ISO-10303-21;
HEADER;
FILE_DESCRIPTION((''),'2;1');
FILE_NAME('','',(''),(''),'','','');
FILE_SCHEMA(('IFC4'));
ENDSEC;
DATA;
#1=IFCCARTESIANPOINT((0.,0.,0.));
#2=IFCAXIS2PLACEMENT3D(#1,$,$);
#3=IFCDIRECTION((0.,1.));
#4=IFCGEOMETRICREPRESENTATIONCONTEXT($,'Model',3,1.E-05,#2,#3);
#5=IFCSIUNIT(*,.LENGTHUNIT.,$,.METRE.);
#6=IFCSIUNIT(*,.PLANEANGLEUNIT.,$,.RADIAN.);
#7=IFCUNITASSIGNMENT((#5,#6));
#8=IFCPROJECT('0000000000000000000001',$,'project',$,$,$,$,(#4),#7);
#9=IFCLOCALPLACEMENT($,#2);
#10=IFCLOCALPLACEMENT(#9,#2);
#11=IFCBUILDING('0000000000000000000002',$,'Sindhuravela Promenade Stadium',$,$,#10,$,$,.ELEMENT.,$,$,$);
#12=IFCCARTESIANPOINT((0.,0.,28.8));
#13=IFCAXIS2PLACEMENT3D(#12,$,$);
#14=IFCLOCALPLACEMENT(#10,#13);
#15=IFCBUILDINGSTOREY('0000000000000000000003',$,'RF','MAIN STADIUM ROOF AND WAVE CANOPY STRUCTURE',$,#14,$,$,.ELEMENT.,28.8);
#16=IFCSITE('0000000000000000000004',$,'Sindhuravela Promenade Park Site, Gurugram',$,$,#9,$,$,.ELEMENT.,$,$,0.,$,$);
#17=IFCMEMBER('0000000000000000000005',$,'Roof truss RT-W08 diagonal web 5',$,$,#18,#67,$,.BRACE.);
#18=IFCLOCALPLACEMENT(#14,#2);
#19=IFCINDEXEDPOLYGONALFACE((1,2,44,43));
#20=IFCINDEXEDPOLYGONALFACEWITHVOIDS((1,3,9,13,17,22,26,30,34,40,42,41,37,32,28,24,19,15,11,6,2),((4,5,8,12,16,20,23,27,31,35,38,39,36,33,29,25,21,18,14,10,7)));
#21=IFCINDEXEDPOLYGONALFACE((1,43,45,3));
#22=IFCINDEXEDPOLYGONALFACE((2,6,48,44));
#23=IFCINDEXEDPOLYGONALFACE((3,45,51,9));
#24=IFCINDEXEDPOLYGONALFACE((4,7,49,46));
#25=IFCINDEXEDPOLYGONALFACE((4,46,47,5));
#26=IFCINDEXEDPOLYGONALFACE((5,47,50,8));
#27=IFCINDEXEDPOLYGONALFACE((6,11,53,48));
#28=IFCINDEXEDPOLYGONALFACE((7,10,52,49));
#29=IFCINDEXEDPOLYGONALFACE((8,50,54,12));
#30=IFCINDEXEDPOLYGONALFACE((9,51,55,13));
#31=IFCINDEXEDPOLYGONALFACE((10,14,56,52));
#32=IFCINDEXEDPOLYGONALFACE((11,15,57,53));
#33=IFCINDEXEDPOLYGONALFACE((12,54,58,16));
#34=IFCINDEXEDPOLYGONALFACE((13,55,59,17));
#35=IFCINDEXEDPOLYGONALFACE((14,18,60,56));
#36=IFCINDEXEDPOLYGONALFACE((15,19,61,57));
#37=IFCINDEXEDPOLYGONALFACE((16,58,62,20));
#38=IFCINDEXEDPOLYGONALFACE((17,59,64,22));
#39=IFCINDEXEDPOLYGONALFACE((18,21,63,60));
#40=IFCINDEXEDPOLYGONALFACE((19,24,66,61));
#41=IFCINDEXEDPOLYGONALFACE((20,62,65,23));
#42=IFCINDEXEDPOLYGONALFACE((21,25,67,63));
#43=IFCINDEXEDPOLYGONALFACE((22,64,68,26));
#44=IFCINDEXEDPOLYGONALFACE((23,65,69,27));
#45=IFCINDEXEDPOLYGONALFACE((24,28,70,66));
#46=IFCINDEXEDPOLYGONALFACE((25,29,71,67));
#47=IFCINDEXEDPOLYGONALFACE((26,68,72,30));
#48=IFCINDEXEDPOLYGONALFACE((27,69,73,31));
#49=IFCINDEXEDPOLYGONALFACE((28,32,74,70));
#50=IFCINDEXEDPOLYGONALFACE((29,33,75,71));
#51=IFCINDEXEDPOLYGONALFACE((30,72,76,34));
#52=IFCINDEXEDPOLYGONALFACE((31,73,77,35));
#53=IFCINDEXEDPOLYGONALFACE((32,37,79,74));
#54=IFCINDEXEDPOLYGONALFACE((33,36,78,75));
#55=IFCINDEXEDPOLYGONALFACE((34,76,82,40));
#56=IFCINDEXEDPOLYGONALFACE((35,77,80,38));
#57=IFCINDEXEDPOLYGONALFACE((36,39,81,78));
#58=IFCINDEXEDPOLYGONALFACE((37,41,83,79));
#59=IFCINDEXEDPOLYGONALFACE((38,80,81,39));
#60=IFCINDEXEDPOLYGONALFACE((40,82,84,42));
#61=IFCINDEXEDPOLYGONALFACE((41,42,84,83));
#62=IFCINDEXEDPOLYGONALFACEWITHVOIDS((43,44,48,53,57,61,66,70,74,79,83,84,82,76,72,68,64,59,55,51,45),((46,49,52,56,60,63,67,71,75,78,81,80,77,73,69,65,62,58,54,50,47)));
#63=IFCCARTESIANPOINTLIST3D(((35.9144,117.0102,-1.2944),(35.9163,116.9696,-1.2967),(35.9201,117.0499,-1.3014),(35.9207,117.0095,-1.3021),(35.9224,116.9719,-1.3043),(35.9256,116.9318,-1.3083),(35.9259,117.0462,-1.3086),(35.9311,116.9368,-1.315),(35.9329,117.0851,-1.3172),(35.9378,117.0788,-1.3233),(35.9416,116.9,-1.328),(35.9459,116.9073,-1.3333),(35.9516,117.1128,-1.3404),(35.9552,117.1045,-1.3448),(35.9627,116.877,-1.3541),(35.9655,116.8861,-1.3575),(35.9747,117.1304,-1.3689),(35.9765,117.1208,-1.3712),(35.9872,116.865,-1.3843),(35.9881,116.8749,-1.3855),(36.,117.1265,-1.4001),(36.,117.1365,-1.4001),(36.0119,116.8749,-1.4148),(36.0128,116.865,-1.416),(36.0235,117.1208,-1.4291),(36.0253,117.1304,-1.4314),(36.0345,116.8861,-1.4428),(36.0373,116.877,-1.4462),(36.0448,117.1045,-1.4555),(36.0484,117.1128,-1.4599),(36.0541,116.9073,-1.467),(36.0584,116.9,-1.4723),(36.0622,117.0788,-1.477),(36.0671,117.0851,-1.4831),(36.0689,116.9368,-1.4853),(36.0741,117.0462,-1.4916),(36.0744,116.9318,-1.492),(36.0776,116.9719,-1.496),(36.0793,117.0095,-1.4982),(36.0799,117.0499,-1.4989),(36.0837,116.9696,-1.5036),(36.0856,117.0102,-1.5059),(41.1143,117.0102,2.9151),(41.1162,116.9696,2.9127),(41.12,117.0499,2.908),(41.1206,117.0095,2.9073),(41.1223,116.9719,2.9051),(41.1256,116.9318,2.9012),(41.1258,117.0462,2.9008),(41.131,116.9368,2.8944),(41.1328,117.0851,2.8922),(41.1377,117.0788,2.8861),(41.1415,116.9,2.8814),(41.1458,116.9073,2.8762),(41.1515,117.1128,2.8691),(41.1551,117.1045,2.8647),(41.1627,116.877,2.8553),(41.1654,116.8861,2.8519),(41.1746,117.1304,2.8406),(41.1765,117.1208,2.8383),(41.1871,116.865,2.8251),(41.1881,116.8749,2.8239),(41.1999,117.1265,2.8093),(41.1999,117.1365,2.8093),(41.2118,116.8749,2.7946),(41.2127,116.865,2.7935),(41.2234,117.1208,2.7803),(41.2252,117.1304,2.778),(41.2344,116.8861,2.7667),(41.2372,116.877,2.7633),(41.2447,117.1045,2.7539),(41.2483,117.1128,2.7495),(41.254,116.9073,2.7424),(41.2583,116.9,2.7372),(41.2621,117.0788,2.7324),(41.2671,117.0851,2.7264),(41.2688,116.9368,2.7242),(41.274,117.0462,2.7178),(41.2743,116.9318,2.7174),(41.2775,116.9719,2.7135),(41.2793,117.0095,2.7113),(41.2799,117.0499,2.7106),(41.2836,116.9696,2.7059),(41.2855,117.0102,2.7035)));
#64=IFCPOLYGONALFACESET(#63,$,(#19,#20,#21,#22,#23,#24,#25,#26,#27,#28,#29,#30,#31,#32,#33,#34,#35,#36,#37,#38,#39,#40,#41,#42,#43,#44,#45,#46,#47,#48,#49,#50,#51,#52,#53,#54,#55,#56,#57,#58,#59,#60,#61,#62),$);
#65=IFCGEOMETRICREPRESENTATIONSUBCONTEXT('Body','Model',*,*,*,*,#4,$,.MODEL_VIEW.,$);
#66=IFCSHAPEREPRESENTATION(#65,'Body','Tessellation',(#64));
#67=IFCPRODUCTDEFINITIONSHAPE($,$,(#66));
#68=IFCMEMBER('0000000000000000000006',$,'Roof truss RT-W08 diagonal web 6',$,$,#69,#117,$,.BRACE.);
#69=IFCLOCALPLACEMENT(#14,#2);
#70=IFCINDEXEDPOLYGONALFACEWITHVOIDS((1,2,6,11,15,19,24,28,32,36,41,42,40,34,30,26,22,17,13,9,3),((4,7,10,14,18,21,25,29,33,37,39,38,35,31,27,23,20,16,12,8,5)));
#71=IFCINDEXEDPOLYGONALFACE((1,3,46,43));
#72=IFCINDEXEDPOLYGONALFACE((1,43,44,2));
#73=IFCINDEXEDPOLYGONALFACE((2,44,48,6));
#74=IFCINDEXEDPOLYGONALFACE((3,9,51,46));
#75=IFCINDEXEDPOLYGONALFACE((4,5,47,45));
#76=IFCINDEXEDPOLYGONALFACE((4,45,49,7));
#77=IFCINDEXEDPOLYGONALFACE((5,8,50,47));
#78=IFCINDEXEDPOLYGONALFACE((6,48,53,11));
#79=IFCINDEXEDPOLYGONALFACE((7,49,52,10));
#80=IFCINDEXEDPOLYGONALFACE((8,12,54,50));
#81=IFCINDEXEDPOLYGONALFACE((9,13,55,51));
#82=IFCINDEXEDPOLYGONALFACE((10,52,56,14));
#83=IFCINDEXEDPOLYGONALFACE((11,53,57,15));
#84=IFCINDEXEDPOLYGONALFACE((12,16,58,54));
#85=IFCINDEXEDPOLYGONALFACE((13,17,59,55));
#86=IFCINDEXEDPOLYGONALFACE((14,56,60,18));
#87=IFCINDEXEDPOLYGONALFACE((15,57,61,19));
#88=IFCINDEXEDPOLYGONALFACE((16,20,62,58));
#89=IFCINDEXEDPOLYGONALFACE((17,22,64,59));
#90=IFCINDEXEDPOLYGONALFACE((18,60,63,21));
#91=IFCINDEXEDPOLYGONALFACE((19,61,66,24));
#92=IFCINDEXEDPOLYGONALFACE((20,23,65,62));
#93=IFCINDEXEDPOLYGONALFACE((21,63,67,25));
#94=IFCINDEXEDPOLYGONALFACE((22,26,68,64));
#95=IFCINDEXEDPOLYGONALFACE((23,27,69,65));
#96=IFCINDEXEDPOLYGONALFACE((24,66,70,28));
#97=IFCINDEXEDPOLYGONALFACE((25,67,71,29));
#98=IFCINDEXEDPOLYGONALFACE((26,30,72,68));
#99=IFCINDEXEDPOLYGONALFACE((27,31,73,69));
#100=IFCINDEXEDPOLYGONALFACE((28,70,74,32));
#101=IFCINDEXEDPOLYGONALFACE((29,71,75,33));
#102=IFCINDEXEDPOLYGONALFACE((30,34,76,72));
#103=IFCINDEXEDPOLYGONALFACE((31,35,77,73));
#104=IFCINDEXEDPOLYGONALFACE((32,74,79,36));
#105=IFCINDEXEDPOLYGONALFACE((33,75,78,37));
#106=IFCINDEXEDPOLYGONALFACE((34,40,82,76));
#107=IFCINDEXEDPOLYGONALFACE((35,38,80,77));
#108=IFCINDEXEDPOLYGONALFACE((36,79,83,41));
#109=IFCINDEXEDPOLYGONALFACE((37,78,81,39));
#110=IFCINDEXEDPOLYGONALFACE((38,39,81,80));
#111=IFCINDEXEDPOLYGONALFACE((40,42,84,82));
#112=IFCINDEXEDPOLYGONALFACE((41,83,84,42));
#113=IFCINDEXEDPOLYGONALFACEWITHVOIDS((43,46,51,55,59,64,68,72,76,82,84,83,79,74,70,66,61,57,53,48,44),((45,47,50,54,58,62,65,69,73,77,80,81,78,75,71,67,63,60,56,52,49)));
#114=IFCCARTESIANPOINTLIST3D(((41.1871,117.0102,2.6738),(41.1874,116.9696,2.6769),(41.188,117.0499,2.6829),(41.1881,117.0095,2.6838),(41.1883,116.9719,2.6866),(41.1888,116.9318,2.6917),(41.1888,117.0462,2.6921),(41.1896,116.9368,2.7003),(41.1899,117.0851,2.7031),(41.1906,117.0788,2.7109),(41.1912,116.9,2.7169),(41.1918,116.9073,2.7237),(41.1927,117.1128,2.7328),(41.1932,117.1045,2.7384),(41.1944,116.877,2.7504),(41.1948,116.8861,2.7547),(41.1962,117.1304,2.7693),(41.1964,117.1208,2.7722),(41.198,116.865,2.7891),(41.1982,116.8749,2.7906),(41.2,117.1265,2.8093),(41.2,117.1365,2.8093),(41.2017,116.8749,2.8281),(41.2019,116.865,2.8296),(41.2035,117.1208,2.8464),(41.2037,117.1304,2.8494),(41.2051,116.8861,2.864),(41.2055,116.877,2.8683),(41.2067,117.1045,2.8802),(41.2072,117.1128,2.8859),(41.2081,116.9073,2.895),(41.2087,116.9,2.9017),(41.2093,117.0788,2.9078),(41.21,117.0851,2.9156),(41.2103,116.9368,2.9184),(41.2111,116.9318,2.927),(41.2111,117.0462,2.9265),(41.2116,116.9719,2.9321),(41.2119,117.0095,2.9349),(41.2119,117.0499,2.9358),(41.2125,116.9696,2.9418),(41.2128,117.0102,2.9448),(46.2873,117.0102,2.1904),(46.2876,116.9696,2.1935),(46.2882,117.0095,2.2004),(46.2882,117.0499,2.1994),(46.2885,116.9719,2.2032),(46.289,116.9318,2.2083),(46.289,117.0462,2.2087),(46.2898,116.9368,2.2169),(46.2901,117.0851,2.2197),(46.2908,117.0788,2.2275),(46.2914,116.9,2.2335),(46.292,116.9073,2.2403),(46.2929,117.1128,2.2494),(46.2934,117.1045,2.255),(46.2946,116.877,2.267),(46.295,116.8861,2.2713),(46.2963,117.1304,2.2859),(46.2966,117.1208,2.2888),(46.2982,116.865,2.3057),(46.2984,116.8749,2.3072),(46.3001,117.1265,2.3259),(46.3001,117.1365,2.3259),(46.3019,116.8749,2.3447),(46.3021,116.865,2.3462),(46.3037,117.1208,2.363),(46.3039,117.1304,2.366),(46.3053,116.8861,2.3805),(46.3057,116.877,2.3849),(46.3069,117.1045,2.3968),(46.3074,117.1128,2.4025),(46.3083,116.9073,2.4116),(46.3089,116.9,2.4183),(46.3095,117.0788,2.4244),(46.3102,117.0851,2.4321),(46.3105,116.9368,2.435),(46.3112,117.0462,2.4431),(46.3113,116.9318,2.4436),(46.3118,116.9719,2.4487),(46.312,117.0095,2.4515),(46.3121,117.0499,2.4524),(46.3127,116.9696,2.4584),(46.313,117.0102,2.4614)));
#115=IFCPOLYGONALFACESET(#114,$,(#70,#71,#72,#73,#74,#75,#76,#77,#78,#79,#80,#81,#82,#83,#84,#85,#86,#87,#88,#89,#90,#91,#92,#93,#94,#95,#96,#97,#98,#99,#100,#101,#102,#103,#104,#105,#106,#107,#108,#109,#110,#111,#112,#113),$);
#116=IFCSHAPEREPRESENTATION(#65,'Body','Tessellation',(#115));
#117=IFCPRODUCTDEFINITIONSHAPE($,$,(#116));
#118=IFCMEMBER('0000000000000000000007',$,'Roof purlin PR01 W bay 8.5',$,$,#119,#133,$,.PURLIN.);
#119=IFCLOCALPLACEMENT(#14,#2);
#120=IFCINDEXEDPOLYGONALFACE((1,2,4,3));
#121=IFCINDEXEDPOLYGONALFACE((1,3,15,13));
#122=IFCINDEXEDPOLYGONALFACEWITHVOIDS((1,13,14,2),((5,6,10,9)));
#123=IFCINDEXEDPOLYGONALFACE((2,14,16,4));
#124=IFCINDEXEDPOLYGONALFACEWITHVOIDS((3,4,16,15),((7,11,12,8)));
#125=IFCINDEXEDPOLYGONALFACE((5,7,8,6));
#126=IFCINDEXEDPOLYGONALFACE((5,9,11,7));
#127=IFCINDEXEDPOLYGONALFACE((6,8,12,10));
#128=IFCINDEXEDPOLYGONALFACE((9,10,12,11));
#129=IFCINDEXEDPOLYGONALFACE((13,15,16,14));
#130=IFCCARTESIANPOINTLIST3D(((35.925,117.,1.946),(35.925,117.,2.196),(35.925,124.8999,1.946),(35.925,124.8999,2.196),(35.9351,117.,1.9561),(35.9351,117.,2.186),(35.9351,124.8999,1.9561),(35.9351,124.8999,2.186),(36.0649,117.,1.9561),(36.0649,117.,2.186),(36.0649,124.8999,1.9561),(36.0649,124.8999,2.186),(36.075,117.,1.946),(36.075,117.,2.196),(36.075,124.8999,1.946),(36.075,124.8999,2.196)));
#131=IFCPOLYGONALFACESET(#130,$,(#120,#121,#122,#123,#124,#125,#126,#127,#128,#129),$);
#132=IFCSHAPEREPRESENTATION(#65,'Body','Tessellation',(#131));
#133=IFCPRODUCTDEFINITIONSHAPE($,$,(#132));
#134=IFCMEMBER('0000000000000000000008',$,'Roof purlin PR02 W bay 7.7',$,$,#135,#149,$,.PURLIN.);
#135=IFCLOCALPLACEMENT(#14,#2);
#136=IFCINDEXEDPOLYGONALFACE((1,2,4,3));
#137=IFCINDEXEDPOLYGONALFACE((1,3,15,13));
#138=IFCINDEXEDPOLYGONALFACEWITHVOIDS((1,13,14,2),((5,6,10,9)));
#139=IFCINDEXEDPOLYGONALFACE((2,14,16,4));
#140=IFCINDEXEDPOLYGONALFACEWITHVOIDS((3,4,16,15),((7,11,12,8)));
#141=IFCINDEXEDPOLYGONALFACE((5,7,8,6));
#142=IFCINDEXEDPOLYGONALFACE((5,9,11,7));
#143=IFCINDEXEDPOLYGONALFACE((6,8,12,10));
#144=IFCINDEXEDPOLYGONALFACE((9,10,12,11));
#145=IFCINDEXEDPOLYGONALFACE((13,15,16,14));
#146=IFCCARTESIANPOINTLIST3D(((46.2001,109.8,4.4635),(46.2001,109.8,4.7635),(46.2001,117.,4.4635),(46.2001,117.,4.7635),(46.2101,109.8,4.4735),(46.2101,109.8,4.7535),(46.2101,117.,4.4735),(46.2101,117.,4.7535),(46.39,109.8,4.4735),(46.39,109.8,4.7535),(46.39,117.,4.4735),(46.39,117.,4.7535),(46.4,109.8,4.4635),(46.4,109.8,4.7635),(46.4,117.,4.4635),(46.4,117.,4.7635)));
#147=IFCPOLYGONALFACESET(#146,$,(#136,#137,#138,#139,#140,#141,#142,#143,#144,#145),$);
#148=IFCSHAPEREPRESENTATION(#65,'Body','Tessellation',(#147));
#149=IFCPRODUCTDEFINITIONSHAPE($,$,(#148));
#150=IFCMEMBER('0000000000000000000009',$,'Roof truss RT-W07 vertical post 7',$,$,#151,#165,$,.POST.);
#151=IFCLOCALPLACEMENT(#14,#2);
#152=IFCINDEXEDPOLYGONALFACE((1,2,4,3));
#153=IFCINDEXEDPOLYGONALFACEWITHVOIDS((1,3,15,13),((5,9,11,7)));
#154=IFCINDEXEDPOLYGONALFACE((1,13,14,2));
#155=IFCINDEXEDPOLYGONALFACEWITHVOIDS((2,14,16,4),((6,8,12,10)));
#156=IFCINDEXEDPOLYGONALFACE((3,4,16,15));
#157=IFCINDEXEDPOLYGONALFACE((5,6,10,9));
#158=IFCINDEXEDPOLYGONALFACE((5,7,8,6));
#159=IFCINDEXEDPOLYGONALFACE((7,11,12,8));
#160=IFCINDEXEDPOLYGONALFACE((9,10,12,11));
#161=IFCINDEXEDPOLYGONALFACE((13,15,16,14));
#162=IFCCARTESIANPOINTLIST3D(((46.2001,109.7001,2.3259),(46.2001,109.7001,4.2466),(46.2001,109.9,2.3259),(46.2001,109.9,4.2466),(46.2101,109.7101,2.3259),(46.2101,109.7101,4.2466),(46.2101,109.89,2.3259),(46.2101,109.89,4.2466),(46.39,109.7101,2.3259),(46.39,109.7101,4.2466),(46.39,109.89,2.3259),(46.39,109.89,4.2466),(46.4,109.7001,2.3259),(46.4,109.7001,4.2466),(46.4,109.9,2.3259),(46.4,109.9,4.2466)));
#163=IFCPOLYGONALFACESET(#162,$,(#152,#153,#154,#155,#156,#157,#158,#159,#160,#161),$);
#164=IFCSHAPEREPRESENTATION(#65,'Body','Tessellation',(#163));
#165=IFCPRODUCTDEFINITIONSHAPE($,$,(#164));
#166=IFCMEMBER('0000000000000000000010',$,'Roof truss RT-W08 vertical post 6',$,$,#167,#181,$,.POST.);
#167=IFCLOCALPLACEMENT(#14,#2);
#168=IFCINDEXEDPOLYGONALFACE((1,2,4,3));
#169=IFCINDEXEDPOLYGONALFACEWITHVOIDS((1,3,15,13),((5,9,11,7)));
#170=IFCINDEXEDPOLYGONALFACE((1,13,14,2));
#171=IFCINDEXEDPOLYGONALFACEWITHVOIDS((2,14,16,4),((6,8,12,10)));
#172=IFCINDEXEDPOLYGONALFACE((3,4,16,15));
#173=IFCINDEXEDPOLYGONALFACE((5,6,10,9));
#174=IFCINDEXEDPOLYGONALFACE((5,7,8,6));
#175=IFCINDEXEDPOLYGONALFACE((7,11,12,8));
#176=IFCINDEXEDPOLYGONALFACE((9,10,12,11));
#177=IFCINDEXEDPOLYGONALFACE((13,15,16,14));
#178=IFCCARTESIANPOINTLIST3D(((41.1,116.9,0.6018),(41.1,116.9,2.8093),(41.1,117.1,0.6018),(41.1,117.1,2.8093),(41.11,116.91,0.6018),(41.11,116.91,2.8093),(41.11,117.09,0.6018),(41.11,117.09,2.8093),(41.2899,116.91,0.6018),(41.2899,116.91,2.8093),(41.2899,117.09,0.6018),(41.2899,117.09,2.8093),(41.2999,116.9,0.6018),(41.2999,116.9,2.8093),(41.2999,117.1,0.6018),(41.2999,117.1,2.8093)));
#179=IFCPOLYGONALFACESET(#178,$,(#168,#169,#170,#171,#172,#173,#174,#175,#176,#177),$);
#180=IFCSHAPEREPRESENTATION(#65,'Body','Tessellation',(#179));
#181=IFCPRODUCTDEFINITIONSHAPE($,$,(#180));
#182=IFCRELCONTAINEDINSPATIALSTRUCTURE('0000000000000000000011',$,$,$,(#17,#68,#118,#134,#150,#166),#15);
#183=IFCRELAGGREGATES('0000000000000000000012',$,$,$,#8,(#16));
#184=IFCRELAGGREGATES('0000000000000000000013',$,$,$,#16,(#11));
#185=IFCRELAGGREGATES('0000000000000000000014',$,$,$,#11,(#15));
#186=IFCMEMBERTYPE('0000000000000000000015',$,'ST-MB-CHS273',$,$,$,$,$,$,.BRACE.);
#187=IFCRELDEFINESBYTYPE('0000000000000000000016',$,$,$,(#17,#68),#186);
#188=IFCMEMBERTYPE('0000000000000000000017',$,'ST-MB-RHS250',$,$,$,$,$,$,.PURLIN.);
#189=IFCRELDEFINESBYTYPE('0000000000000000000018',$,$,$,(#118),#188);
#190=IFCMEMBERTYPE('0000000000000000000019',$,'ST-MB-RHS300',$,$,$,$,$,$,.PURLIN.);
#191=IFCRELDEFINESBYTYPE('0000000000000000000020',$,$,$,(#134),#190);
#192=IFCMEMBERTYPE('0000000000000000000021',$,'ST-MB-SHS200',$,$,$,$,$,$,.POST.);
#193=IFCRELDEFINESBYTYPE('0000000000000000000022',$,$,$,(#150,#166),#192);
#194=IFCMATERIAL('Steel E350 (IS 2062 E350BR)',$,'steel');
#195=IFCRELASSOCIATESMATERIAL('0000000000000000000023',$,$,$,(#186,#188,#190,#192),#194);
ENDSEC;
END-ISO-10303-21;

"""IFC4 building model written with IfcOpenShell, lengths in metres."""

from ifc_helpers import new_model, si_unit, direction, frame, origin, origin_2d, place, context, subcontext, project, spatial, hollow_rectangle, hollow_circle, extrude, material, material_profile, profile_set, type_object, element, save


model = new_model("IFC4")

# Units and contexts
model_context = context("Model", 3, precision=1e-05, world=origin(), true_north=direction((0.0, 1.0)))
body_context = subcontext(model_context, "Body", "Model", "MODEL_VIEW")
ifc_project = project(units=[si_unit("LENGTHUNIT", "METRE"), si_unit("PLANEANGLEUNIT", "RADIAN")], contexts=[model_context])

# Site, building, storey
site_placement = place(None, origin())
site = spatial("IfcSite", under=ifc_project, at=site_placement, Name="Sindhuravela Promenade Park Site, Gurugram", CompositionType="ELEMENT", RefElevation=0.0)
building_placement = place(site_placement, origin())
building = spatial("IfcBuilding", under=site, at=building_placement, Name="Sindhuravela Promenade Stadium", CompositionType="ELEMENT")
storey_placement = place(building_placement, frame((0.0, 0.0, 28.8)))
storey = spatial("IfcBuildingStorey", under=building, at=storey_placement, Name="RF", Description="MAIN STADIUM ROOF AND WAVE CANOPY STRUCTURE", CompositionType="ELEMENT", Elevation=28.8)

# Shared definitions
ifc_material_1 = material(Name="Steel E350 (IS 2062 E350BR)", Category="steel")

# Members
ifc_material_profile_1 = material_profile(ifc_material_1, hollow_circle(Radius=0.1365, WallThickness=0.01, at=origin_2d()), Name="CHS 273.0x10")
ifc_profile_set_1 = profile_set([ifc_material_profile_1], Name="Steel E350 (IS 2062 E350BR)")
member_type_1 = type_object("IfcMemberType", Name="ST-MB-CHS273", PredefinedType="BRACE", material=ifc_profile_set_1)
member_1_placement = place(storey_placement, frame((36.0, 117.0, -1.4001), z_axis=(0.777246, 0.0, 0.629197), x_axis=(0.0, 1.0, 0.0)))
element("IfcMember", 1, at=member_1_placement, inside=storey, type_object=member_type_1, Name="Roof truss RT-W08 diagonal web 5", PredefinedType="BRACE", context=body_context, shape_type="SweptSolid", body=[
    extrude(hollow_circle(Radius=0.1365, WallThickness=0.01, at=origin_2d()), origin(), (0.0, 0.0, 1.0), 6.6902),
])
member_2_placement = place(storey_placement, frame((41.2, 117.0, 2.8093), z_axis=(0.995538, 0.0, -0.094359), x_axis=(0.0, 1.0, 0.0)))
element("IfcMember", 2, at=member_2_placement, inside=storey, type_object=member_type_1, Name="Roof truss RT-W08 diagonal web 6", PredefinedType="BRACE", context=body_context, shape_type="SweptSolid", body=[
    extrude(hollow_circle(Radius=0.1365, WallThickness=0.01, at=origin_2d()), origin(), (0.0, 0.0, 1.0), 5.123),
])
ifc_material_profile_2 = material_profile(ifc_material_1, hollow_rectangle(XDim=0.1499, YDim=0.25, WallThickness=0.01, at=origin_2d()), Name="RHS 250x150x10")
ifc_profile_set_2 = profile_set([ifc_material_profile_2], Name="Steel E350 (IS 2062 E350BR)")
member_type_2 = type_object("IfcMemberType", Name="ST-MB-RHS250", PredefinedType="PURLIN", material=ifc_profile_set_2)
member_3_placement = place(storey_placement, frame((36.0, 117.0, 2.071), z_axis=(0.0, 1.0, 0.0), x_axis=(-1.0, 0.0, 0.0)))
element("IfcMember", 3, at=member_3_placement, inside=storey, type_object=member_type_2, Name="Roof purlin PR01 W bay 8.5", PredefinedType="PURLIN", context=body_context, shape_type="SweptSolid", body=[
    extrude(hollow_rectangle(XDim=0.1499, YDim=0.25, WallThickness=0.01, at=origin_2d()), origin(), (0.0, 0.0, 1.0), 7.8999),
])
ifc_material_profile_3 = material_profile(ifc_material_1, hollow_rectangle(XDim=0.2, YDim=0.3, WallThickness=0.01, at=origin_2d()), Name="RHS 300x200x10")
ifc_profile_set_3 = profile_set([ifc_material_profile_3], Name="Steel E350 (IS 2062 E350BR)")
member_type_3 = type_object("IfcMemberType", Name="ST-MB-RHS300", PredefinedType="PURLIN", material=ifc_profile_set_3)
member_4_placement = place(storey_placement, frame((46.3, 109.8, 4.6135), z_axis=(0.0, 1.0, 0.0), x_axis=(-1.0, 0.0, 0.0)))
element("IfcMember", 4, at=member_4_placement, inside=storey, type_object=member_type_3, Name="Roof purlin PR02 W bay 7.7", PredefinedType="PURLIN", context=body_context, shape_type="SweptSolid", body=[
    extrude(hollow_rectangle(XDim=0.2, YDim=0.3, WallThickness=0.01, at=origin_2d()), origin(), (0.0, 0.0, 1.0), 7.2),
])
ifc_material_profile_4 = material_profile(ifc_material_1, hollow_rectangle(XDim=0.2, YDim=0.2, WallThickness=0.01, at=origin_2d()), Name="SHS 200x200x10")
ifc_profile_set_4 = profile_set([ifc_material_profile_4], Name="Steel E350 (IS 2062 E350BR)")
member_type_4 = type_object("IfcMemberType", Name="ST-MB-SHS200", PredefinedType="POST", material=ifc_profile_set_4)
member_5_placement = place(storey_placement, frame((46.3, 109.8, 2.3259), z_axis=(0.0, 0.0, 1.0), x_axis=(1.0, 0.0, 0.0)))
element("IfcMember", 5, at=member_5_placement, inside=storey, type_object=member_type_4, Name="Roof truss RT-W07 vertical post 7", PredefinedType="POST", context=body_context, shape_type="SweptSolid", body=[
    extrude(hollow_rectangle(XDim=0.2, YDim=0.2, WallThickness=0.01, at=origin_2d()), origin(), (0.0, 0.0, 1.0), 1.9207),
])
member_6_placement = place(storey_placement, frame((41.2, 117.0, 0.6018), z_axis=(0.0, 0.0, 1.0), x_axis=(1.0, 0.0, 0.0)))
element("IfcMember", 6, at=member_6_placement, inside=storey, type_object=member_type_4, Name="Roof truss RT-W08 vertical post 6", PredefinedType="POST", context=body_context, shape_type="SweptSolid", body=[
    extrude(hollow_rectangle(XDim=0.2, YDim=0.2, WallThickness=0.01, at=origin_2d()), origin(), (0.0, 0.0, 1.0), 2.2075),
])

save(model, "model.ifc")
